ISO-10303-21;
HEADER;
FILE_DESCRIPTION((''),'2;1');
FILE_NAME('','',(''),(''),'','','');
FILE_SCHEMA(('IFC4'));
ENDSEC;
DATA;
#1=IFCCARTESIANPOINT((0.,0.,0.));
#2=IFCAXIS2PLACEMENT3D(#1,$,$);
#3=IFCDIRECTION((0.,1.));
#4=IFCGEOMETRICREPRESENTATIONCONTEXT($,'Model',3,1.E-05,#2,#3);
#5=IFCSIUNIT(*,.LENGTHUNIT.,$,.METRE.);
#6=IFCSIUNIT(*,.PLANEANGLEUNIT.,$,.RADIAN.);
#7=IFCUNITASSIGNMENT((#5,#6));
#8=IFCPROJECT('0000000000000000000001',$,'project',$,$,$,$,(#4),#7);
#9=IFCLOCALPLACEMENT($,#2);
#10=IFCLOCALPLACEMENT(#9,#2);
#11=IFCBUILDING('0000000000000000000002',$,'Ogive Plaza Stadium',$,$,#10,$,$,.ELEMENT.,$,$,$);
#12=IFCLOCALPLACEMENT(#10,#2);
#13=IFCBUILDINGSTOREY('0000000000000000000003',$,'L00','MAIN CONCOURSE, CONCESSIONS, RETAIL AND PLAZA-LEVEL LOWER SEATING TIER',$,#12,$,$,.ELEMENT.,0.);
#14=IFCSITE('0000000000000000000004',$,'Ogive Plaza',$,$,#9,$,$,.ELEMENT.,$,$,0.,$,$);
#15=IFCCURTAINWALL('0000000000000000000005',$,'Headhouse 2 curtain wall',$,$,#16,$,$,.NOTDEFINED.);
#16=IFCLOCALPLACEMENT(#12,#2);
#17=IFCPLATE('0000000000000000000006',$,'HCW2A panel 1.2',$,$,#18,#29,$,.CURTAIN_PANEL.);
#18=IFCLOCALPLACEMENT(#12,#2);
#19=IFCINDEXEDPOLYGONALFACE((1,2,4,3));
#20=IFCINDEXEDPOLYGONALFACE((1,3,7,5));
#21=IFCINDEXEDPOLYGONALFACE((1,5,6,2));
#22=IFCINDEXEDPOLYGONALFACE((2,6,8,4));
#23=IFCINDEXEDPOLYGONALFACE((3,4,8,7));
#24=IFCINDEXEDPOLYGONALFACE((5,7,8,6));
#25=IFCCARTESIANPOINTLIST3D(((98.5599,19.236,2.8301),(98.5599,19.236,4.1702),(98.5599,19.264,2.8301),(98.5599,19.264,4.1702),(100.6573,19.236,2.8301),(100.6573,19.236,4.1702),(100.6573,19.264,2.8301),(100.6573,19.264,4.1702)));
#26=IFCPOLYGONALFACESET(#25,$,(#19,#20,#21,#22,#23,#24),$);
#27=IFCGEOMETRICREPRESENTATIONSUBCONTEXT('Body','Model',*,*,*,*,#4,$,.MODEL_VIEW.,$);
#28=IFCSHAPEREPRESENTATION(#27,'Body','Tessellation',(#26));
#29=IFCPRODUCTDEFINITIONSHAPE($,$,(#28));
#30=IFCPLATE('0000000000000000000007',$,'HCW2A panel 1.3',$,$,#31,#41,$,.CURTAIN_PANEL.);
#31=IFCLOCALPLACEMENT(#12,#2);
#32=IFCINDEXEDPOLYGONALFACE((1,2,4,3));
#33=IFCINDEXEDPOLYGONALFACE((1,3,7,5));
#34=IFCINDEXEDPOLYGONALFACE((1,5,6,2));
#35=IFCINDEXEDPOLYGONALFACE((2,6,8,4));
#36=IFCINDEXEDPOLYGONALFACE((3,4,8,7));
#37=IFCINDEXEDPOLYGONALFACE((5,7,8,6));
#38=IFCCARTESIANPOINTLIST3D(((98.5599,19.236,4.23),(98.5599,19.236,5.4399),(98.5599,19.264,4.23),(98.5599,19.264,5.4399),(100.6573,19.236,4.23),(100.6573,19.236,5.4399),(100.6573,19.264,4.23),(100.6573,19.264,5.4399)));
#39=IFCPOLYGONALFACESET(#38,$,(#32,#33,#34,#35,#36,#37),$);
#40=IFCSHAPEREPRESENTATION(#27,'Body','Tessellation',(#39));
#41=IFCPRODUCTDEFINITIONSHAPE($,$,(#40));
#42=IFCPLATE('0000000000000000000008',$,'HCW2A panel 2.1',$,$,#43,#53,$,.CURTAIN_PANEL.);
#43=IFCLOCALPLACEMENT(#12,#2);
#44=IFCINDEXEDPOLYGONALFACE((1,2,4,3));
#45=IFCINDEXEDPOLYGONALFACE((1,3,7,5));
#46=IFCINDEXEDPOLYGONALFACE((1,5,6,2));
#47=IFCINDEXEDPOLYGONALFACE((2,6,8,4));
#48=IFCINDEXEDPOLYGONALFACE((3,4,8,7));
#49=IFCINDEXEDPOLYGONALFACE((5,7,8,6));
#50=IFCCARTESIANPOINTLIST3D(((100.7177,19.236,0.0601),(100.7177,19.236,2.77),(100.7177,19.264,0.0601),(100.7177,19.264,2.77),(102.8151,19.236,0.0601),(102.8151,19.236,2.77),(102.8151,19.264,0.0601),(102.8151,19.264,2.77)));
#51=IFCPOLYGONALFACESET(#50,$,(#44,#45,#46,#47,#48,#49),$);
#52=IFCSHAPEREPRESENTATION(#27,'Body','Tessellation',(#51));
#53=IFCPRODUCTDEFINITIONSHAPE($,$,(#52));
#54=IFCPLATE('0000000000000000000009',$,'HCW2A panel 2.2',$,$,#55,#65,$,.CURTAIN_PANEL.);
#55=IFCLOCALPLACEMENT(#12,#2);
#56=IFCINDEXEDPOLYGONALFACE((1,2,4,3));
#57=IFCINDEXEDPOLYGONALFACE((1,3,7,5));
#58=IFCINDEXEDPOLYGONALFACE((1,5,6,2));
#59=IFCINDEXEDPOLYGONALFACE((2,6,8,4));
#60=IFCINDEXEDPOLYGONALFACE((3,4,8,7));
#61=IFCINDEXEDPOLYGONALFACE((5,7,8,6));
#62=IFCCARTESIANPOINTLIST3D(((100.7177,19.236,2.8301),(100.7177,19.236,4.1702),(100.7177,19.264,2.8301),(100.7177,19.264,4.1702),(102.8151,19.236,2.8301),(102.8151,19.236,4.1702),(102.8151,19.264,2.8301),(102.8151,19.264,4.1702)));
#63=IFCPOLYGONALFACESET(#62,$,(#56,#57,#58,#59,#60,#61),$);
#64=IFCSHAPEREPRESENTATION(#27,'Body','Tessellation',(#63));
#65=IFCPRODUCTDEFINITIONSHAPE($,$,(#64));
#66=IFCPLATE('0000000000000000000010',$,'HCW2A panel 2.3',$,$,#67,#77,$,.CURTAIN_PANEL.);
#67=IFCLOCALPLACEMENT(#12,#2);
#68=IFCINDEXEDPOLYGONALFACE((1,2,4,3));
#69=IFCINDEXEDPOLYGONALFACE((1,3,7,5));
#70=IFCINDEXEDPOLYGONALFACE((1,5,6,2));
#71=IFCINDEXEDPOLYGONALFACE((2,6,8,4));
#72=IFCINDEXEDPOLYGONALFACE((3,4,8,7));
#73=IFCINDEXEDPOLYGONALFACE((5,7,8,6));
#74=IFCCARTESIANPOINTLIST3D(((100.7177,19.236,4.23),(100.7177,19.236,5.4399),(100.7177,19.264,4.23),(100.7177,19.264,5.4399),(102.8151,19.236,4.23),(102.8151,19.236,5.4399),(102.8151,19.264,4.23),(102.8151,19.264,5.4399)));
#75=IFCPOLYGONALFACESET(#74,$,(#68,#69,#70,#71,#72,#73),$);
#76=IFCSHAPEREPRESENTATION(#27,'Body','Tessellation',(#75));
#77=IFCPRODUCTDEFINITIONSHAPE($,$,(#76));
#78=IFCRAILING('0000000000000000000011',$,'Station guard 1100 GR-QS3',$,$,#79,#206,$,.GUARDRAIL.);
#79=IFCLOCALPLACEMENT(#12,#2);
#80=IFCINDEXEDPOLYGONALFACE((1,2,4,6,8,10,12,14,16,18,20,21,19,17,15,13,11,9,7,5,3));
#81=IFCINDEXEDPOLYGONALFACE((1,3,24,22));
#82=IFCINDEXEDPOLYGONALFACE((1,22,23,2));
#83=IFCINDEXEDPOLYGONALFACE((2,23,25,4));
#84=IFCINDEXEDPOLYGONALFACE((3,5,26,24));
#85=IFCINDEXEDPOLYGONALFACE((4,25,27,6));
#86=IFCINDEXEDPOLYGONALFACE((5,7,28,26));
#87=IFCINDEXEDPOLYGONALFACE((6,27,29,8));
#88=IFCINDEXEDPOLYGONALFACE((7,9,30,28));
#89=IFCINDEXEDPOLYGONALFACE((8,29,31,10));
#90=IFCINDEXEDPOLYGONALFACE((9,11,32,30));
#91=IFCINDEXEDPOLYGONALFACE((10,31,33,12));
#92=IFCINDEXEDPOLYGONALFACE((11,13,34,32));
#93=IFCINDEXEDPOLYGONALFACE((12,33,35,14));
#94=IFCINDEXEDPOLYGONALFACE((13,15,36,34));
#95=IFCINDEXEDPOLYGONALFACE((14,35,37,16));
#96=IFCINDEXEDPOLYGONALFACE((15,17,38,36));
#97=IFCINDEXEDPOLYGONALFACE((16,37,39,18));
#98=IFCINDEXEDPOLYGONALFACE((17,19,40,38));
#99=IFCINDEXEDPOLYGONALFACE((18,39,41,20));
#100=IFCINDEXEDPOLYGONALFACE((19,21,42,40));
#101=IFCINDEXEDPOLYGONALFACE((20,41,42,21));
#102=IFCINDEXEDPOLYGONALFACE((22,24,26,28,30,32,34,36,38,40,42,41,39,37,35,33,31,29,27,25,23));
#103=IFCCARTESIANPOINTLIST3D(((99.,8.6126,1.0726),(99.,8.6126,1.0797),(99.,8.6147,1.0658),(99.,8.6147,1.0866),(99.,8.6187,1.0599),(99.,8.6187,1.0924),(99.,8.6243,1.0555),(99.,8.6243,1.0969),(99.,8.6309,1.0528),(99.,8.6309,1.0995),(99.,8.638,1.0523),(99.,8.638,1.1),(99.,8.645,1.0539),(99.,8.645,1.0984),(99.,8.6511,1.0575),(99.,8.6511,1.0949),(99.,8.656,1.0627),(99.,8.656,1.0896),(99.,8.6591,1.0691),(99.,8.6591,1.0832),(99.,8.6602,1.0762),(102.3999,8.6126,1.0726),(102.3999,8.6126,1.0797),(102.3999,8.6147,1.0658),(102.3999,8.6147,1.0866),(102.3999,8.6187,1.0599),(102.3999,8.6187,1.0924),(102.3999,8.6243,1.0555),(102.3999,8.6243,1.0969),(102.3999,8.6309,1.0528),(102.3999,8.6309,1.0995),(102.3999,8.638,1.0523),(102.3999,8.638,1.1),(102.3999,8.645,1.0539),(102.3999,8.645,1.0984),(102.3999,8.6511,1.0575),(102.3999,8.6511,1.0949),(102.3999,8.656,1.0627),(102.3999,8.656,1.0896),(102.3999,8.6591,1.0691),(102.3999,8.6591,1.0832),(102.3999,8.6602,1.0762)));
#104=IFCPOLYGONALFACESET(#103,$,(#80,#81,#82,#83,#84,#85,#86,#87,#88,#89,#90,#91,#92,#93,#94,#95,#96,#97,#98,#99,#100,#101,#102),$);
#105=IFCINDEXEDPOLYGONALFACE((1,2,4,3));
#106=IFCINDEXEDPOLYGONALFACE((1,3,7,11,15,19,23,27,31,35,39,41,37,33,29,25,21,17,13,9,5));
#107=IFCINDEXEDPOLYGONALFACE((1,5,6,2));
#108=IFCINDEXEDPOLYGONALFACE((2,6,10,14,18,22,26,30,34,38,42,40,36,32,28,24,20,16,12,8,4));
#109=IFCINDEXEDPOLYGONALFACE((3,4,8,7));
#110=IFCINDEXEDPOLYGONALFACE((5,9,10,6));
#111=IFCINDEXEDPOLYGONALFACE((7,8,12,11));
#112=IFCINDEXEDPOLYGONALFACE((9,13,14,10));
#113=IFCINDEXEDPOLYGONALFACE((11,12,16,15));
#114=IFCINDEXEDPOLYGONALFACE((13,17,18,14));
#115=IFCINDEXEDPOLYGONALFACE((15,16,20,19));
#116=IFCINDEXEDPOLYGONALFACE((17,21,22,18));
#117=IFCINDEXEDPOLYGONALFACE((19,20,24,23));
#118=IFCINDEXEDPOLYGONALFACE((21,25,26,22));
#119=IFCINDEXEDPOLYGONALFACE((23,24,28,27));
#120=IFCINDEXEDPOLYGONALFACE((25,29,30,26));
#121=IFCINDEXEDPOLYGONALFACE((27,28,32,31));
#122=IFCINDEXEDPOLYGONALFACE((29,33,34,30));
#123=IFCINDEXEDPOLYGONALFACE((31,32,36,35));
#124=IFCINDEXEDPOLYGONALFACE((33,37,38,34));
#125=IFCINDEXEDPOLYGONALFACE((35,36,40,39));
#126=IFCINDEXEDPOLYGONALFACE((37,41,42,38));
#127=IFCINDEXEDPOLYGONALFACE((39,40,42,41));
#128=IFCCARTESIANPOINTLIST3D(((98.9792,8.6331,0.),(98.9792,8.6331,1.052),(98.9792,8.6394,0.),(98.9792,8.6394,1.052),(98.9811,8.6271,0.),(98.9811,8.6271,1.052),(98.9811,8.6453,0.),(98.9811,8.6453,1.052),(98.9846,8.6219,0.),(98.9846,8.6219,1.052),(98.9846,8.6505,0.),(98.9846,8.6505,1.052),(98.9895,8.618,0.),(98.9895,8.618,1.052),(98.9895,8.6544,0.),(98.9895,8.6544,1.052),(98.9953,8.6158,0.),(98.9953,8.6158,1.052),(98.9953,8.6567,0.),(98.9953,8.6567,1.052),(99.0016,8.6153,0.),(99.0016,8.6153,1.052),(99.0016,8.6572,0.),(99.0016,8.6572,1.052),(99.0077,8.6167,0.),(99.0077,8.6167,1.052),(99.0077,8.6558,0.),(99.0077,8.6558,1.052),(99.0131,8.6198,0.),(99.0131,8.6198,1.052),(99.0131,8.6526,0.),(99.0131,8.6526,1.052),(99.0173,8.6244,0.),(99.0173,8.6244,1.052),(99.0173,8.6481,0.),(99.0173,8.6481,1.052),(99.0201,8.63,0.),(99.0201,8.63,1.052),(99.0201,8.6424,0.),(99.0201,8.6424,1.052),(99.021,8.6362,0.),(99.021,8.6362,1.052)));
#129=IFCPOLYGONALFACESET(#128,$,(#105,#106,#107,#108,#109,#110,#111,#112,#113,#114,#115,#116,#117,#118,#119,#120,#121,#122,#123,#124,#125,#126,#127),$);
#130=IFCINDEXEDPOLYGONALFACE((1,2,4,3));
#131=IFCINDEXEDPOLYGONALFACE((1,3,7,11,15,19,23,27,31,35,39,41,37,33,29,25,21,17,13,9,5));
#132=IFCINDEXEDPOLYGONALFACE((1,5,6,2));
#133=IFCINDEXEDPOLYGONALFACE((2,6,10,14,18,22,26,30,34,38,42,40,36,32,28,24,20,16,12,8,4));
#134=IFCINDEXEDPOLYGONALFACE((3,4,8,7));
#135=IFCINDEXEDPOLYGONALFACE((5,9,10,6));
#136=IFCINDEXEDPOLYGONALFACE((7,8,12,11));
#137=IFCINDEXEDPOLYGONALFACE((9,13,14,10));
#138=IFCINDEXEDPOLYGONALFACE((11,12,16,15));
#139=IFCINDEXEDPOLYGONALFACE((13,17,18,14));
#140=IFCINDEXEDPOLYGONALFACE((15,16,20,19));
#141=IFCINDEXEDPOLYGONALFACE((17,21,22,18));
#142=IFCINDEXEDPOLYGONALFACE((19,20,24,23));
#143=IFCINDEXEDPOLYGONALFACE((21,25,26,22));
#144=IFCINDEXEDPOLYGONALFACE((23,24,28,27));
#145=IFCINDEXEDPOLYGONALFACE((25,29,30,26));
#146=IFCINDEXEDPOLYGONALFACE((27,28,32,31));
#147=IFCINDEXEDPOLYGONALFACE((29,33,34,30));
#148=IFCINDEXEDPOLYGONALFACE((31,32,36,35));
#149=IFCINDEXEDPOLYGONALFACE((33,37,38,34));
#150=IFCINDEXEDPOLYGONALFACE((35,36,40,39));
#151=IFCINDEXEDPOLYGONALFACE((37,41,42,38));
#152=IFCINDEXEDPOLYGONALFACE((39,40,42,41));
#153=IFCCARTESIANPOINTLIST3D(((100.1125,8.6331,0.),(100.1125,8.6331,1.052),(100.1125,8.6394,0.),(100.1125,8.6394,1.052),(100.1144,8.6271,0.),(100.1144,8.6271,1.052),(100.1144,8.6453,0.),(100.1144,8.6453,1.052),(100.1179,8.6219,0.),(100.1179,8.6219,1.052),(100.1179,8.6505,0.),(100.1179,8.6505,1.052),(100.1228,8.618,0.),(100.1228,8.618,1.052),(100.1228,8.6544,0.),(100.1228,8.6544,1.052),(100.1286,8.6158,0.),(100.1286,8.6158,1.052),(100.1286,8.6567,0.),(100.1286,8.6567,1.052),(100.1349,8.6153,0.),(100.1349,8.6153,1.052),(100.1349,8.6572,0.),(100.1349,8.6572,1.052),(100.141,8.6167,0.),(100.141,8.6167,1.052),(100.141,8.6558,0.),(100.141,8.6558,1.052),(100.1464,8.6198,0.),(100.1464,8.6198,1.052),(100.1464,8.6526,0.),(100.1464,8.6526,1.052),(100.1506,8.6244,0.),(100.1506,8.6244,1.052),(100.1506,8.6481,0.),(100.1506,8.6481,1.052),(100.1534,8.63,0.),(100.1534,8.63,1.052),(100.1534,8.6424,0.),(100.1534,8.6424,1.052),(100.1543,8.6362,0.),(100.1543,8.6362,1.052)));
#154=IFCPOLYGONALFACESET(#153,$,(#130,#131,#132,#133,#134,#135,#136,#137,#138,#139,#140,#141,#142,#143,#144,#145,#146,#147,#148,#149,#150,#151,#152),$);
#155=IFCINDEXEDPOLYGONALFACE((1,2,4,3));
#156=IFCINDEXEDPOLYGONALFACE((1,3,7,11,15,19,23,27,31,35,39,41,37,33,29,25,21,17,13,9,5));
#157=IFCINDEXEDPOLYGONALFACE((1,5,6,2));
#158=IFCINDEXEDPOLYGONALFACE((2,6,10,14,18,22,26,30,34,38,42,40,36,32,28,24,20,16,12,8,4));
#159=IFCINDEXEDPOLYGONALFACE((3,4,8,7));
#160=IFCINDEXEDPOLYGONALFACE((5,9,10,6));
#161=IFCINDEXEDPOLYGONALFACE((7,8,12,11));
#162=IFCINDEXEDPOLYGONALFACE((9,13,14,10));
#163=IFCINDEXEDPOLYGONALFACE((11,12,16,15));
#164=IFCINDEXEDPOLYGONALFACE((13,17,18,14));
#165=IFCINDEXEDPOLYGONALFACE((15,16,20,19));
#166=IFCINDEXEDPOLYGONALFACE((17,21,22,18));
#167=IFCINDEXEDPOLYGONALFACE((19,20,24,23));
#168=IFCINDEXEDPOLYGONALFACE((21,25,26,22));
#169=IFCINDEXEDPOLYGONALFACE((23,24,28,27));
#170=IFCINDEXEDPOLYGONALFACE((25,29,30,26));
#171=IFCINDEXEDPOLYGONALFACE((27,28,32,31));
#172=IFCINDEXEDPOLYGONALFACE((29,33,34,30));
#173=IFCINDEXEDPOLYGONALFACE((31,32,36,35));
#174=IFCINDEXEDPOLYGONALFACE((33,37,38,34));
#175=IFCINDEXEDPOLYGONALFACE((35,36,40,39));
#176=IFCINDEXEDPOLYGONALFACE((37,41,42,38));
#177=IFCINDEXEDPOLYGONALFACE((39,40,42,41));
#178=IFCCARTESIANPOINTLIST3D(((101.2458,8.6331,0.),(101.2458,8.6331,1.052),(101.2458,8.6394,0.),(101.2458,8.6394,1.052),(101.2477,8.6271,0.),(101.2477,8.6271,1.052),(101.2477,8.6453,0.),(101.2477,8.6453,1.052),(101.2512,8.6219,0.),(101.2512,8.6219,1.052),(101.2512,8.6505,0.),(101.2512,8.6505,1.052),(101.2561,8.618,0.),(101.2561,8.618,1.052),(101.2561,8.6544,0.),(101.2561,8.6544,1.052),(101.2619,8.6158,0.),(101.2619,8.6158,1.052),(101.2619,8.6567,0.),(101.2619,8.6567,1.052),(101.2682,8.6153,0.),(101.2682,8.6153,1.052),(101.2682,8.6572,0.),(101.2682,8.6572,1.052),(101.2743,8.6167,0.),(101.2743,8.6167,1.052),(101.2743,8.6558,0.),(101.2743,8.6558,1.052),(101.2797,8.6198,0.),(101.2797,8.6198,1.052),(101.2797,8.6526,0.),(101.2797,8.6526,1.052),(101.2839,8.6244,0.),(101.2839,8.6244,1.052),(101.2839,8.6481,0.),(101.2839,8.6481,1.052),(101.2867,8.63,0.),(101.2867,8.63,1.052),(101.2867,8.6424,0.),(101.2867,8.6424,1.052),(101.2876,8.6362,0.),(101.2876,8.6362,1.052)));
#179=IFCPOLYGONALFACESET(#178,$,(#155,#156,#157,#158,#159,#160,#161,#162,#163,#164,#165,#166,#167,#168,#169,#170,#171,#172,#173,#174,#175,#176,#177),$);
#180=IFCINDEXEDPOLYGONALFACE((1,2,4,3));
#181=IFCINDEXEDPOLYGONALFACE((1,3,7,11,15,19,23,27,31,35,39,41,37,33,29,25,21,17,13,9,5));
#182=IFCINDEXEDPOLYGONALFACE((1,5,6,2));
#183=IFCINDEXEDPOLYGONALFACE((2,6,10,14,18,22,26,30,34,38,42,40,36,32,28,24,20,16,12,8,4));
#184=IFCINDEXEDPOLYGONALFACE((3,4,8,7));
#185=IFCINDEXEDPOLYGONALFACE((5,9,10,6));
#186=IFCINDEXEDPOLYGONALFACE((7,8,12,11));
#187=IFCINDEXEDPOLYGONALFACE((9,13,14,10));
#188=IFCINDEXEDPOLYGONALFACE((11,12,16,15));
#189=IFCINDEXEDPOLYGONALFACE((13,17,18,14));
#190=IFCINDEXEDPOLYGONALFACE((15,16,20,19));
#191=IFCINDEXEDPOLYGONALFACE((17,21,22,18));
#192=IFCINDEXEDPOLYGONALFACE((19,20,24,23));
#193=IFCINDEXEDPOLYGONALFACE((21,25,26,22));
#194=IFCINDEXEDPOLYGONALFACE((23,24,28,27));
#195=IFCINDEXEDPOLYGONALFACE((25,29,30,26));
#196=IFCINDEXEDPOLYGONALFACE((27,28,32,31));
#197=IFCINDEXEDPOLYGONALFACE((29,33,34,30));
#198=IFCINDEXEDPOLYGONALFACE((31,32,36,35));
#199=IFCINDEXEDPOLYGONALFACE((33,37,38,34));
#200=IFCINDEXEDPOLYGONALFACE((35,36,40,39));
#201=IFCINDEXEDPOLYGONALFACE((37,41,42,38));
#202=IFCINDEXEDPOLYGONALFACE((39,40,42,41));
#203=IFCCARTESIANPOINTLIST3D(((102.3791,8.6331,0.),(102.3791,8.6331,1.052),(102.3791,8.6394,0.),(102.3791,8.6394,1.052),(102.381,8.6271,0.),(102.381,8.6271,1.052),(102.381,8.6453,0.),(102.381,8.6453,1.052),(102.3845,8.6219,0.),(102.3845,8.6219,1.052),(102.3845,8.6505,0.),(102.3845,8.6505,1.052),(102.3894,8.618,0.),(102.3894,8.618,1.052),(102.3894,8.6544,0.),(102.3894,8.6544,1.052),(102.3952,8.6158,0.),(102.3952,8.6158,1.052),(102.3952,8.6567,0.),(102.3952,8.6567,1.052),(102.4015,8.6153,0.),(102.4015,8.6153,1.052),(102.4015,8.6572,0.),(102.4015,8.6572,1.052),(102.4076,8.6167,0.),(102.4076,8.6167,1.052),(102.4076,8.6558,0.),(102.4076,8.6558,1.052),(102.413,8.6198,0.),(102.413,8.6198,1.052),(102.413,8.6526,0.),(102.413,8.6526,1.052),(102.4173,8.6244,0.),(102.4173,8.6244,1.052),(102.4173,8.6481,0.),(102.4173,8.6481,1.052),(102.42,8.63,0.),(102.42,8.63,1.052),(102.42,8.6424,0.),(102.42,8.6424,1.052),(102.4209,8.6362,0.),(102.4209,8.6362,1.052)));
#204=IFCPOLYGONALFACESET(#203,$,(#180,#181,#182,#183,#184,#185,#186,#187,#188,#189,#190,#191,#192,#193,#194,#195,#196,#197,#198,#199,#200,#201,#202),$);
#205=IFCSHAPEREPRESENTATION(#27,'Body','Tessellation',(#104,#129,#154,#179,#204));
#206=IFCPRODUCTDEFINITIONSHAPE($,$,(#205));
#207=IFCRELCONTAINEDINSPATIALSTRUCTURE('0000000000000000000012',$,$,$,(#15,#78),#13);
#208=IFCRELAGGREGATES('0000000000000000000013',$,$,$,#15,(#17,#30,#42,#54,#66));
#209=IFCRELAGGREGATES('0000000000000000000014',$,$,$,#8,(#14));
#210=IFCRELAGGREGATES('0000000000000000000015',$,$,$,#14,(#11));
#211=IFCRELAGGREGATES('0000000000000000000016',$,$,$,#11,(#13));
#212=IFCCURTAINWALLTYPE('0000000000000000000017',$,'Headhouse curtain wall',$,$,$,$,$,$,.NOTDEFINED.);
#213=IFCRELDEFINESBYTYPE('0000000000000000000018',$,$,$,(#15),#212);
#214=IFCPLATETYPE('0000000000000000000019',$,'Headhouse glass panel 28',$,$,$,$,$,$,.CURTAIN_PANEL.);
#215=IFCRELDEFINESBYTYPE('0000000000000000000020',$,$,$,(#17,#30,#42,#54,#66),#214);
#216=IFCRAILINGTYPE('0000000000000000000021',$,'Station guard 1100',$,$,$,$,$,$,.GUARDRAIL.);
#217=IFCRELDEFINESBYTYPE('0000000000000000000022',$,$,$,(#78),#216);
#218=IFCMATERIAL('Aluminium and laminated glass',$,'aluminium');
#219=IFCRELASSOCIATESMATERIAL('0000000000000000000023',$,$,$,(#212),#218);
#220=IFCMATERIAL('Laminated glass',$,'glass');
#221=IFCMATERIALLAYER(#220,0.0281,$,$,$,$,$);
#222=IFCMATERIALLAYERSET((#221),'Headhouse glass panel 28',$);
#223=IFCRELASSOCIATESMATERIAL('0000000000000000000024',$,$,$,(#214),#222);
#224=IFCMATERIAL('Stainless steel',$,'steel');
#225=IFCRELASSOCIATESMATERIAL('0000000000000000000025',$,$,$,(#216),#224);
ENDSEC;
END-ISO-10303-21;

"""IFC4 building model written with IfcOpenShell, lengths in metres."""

from ifc_helpers import new_model, si_unit, direction, frame, origin, origin_2d, place, context, subcontext, project, spatial, rectangle, circle, extrude, material, layer, layer_set, type_object, element, aggregate, save


model = new_model("IFC4")

# Units and contexts
model_context = context("Model", 3, precision=1e-05, world=origin(), true_north=direction((0.0, 1.0)))
body_context = subcontext(model_context, "Body", "Model", "MODEL_VIEW")
ifc_project = project(units=[si_unit("LENGTHUNIT", "METRE"), si_unit("PLANEANGLEUNIT", "RADIAN")], contexts=[model_context])

# Site, building, storey
site_placement = place(None, origin())
site = spatial("IfcSite", under=ifc_project, at=site_placement, Name="Ogive Plaza", CompositionType="ELEMENT", RefElevation=0.0)
building_placement = place(site_placement, origin())
building = spatial("IfcBuilding", under=site, at=building_placement, Name="Ogive Plaza Stadium", CompositionType="ELEMENT")
storey_placement = place(building_placement, origin())
storey = spatial("IfcBuildingStorey", under=building, at=storey_placement, Name="L00", Description="MAIN CONCOURSE, CONCESSIONS, RETAIL AND PLAZA-LEVEL LOWER SEATING TIER", CompositionType="ELEMENT", Elevation=0.0)

# Curtain wall
ifc_material_1 = material(Name="Aluminium and laminated glass", Category="aluminium")
curtain_wall_type = type_object("IfcCurtainWallType", Name="Headhouse curtain wall", PredefinedType="NOTDEFINED", material=ifc_material_1)
curtain_wall_1_placement = place(storey_placement, origin())
curtain_wall_1 = element("IfcCurtainWall", 1, at=curtain_wall_1_placement, inside=storey, type_object=curtain_wall_type, Name="Headhouse 2 curtain wall", PredefinedType="NOTDEFINED")

# Plates
ifc_material_2 = material(Name="Laminated glass", Category="glass")
ifc_layer = layer(ifc_material_2, 0.0281)
ifc_layer_set = layer_set([ifc_layer], Name="Headhouse glass panel 28")
plate_type = type_object("IfcPlateType", Name="Headhouse glass panel 28", PredefinedType="CURTAIN_PANEL", material=ifc_layer_set)
plate_1_placement = place(storey_placement, frame((99.6086, 19.25, 2.8301), z_axis=(0.0, 0.0, 1.0), x_axis=(1.0, 0.0, 0.0)))
plate_1 = element("IfcPlate", 2, at=plate_1_placement, type_object=plate_type, Name="HCW2A panel 1.2", PredefinedType="CURTAIN_PANEL", context=body_context, shape_type="SweptSolid", body=[
    extrude(rectangle(XDim=2.0974, YDim=0.0281, at=origin_2d()), origin(), (0.0, 0.0, 1.0), 1.3401),
])
plate_2_placement = place(storey_placement, frame((99.6086, 19.25, 4.23), z_axis=(0.0, 0.0, 1.0), x_axis=(1.0, 0.0, 0.0)))
plate_2 = element("IfcPlate", 3, at=plate_2_placement, type_object=plate_type, Name="HCW2A panel 1.3", PredefinedType="CURTAIN_PANEL", context=body_context, shape_type="SweptSolid", body=[
    extrude(rectangle(XDim=2.0974, YDim=0.0281, at=origin_2d()), origin(), (0.0, 0.0, 1.0), 1.21),
])
plate_3_placement = place(storey_placement, frame((101.7664, 19.25, 0.0601), z_axis=(0.0, 0.0, 1.0), x_axis=(1.0, 0.0, 0.0)))
plate_3 = element("IfcPlate", 4, at=plate_3_placement, type_object=plate_type, Name="HCW2A panel 2.1", PredefinedType="CURTAIN_PANEL", context=body_context, shape_type="SweptSolid", body=[
    extrude(rectangle(XDim=2.0974, YDim=0.0281, at=origin_2d()), origin(), (0.0, 0.0, 1.0), 2.71),
])
plate_4_placement = place(storey_placement, frame((101.7664, 19.25, 2.8301), z_axis=(0.0, 0.0, 1.0), x_axis=(1.0, 0.0, 0.0)))
plate_4 = element("IfcPlate", 5, at=plate_4_placement, type_object=plate_type, Name="HCW2A panel 2.2", PredefinedType="CURTAIN_PANEL", context=body_context, shape_type="SweptSolid", body=[
    extrude(rectangle(XDim=2.0974, YDim=0.0281, at=origin_2d()), origin(), (0.0, 0.0, 1.0), 1.3401),
])
plate_5_placement = place(storey_placement, frame((101.7664, 19.25, 4.23), z_axis=(0.0, 0.0, 1.0), x_axis=(1.0, 0.0, 0.0)))
plate_5 = element("IfcPlate", 6, at=plate_5_placement, type_object=plate_type, Name="HCW2A panel 2.3", PredefinedType="CURTAIN_PANEL", context=body_context, shape_type="SweptSolid", body=[
    extrude(rectangle(XDim=2.0974, YDim=0.0281, at=origin_2d()), origin(), (0.0, 0.0, 1.0), 1.21),
])
aggregate(curtain_wall_1, [plate_1, plate_2, plate_3, plate_4, plate_5])

# Railing
ifc_material_3 = material(Name="Stainless steel", Category="steel")
railing_type = type_object("IfcRailingType", Name="Station guard 1100", PredefinedType="GUARDRAIL", material=ifc_material_3)
railing_1_placement = place(storey_placement, frame((99.0, 8.6362, 0.0)))
element("IfcRailing", 7, at=railing_1_placement, inside=storey, type_object=railing_type, Name="Station guard 1100 GR-QS3", PredefinedType="GUARDRAIL", context=body_context, shape_type="SweptSolid", body=[
    extrude(circle(Radius=0.0239, at=origin_2d()), frame((0.0, 0.0, 1.0762), z_axis=(1.0, 0.0, 0.0), x_axis=(0.0, 1.0, 0.0)), (0.0, 0.0, 1.0), 3.3999),
    extrude(circle(Radius=0.021, at=origin_2d()), origin(), (0.0, 0.0, 1.0), 1.052),
    extrude(circle(Radius=0.021, at=origin_2d()), frame((1.1333, 0.0, 0.0)), (0.0, 0.0, 1.0), 1.052),
    extrude(circle(Radius=0.021, at=origin_2d()), frame((2.2666, 0.0, 0.0)), (0.0, 0.0, 1.0), 1.052),
    extrude(circle(Radius=0.021, at=origin_2d()), frame((3.3999, 0.0, 0.0)), (0.0, 0.0, 1.0), 1.052),
])

save(model, "model.ifc")
